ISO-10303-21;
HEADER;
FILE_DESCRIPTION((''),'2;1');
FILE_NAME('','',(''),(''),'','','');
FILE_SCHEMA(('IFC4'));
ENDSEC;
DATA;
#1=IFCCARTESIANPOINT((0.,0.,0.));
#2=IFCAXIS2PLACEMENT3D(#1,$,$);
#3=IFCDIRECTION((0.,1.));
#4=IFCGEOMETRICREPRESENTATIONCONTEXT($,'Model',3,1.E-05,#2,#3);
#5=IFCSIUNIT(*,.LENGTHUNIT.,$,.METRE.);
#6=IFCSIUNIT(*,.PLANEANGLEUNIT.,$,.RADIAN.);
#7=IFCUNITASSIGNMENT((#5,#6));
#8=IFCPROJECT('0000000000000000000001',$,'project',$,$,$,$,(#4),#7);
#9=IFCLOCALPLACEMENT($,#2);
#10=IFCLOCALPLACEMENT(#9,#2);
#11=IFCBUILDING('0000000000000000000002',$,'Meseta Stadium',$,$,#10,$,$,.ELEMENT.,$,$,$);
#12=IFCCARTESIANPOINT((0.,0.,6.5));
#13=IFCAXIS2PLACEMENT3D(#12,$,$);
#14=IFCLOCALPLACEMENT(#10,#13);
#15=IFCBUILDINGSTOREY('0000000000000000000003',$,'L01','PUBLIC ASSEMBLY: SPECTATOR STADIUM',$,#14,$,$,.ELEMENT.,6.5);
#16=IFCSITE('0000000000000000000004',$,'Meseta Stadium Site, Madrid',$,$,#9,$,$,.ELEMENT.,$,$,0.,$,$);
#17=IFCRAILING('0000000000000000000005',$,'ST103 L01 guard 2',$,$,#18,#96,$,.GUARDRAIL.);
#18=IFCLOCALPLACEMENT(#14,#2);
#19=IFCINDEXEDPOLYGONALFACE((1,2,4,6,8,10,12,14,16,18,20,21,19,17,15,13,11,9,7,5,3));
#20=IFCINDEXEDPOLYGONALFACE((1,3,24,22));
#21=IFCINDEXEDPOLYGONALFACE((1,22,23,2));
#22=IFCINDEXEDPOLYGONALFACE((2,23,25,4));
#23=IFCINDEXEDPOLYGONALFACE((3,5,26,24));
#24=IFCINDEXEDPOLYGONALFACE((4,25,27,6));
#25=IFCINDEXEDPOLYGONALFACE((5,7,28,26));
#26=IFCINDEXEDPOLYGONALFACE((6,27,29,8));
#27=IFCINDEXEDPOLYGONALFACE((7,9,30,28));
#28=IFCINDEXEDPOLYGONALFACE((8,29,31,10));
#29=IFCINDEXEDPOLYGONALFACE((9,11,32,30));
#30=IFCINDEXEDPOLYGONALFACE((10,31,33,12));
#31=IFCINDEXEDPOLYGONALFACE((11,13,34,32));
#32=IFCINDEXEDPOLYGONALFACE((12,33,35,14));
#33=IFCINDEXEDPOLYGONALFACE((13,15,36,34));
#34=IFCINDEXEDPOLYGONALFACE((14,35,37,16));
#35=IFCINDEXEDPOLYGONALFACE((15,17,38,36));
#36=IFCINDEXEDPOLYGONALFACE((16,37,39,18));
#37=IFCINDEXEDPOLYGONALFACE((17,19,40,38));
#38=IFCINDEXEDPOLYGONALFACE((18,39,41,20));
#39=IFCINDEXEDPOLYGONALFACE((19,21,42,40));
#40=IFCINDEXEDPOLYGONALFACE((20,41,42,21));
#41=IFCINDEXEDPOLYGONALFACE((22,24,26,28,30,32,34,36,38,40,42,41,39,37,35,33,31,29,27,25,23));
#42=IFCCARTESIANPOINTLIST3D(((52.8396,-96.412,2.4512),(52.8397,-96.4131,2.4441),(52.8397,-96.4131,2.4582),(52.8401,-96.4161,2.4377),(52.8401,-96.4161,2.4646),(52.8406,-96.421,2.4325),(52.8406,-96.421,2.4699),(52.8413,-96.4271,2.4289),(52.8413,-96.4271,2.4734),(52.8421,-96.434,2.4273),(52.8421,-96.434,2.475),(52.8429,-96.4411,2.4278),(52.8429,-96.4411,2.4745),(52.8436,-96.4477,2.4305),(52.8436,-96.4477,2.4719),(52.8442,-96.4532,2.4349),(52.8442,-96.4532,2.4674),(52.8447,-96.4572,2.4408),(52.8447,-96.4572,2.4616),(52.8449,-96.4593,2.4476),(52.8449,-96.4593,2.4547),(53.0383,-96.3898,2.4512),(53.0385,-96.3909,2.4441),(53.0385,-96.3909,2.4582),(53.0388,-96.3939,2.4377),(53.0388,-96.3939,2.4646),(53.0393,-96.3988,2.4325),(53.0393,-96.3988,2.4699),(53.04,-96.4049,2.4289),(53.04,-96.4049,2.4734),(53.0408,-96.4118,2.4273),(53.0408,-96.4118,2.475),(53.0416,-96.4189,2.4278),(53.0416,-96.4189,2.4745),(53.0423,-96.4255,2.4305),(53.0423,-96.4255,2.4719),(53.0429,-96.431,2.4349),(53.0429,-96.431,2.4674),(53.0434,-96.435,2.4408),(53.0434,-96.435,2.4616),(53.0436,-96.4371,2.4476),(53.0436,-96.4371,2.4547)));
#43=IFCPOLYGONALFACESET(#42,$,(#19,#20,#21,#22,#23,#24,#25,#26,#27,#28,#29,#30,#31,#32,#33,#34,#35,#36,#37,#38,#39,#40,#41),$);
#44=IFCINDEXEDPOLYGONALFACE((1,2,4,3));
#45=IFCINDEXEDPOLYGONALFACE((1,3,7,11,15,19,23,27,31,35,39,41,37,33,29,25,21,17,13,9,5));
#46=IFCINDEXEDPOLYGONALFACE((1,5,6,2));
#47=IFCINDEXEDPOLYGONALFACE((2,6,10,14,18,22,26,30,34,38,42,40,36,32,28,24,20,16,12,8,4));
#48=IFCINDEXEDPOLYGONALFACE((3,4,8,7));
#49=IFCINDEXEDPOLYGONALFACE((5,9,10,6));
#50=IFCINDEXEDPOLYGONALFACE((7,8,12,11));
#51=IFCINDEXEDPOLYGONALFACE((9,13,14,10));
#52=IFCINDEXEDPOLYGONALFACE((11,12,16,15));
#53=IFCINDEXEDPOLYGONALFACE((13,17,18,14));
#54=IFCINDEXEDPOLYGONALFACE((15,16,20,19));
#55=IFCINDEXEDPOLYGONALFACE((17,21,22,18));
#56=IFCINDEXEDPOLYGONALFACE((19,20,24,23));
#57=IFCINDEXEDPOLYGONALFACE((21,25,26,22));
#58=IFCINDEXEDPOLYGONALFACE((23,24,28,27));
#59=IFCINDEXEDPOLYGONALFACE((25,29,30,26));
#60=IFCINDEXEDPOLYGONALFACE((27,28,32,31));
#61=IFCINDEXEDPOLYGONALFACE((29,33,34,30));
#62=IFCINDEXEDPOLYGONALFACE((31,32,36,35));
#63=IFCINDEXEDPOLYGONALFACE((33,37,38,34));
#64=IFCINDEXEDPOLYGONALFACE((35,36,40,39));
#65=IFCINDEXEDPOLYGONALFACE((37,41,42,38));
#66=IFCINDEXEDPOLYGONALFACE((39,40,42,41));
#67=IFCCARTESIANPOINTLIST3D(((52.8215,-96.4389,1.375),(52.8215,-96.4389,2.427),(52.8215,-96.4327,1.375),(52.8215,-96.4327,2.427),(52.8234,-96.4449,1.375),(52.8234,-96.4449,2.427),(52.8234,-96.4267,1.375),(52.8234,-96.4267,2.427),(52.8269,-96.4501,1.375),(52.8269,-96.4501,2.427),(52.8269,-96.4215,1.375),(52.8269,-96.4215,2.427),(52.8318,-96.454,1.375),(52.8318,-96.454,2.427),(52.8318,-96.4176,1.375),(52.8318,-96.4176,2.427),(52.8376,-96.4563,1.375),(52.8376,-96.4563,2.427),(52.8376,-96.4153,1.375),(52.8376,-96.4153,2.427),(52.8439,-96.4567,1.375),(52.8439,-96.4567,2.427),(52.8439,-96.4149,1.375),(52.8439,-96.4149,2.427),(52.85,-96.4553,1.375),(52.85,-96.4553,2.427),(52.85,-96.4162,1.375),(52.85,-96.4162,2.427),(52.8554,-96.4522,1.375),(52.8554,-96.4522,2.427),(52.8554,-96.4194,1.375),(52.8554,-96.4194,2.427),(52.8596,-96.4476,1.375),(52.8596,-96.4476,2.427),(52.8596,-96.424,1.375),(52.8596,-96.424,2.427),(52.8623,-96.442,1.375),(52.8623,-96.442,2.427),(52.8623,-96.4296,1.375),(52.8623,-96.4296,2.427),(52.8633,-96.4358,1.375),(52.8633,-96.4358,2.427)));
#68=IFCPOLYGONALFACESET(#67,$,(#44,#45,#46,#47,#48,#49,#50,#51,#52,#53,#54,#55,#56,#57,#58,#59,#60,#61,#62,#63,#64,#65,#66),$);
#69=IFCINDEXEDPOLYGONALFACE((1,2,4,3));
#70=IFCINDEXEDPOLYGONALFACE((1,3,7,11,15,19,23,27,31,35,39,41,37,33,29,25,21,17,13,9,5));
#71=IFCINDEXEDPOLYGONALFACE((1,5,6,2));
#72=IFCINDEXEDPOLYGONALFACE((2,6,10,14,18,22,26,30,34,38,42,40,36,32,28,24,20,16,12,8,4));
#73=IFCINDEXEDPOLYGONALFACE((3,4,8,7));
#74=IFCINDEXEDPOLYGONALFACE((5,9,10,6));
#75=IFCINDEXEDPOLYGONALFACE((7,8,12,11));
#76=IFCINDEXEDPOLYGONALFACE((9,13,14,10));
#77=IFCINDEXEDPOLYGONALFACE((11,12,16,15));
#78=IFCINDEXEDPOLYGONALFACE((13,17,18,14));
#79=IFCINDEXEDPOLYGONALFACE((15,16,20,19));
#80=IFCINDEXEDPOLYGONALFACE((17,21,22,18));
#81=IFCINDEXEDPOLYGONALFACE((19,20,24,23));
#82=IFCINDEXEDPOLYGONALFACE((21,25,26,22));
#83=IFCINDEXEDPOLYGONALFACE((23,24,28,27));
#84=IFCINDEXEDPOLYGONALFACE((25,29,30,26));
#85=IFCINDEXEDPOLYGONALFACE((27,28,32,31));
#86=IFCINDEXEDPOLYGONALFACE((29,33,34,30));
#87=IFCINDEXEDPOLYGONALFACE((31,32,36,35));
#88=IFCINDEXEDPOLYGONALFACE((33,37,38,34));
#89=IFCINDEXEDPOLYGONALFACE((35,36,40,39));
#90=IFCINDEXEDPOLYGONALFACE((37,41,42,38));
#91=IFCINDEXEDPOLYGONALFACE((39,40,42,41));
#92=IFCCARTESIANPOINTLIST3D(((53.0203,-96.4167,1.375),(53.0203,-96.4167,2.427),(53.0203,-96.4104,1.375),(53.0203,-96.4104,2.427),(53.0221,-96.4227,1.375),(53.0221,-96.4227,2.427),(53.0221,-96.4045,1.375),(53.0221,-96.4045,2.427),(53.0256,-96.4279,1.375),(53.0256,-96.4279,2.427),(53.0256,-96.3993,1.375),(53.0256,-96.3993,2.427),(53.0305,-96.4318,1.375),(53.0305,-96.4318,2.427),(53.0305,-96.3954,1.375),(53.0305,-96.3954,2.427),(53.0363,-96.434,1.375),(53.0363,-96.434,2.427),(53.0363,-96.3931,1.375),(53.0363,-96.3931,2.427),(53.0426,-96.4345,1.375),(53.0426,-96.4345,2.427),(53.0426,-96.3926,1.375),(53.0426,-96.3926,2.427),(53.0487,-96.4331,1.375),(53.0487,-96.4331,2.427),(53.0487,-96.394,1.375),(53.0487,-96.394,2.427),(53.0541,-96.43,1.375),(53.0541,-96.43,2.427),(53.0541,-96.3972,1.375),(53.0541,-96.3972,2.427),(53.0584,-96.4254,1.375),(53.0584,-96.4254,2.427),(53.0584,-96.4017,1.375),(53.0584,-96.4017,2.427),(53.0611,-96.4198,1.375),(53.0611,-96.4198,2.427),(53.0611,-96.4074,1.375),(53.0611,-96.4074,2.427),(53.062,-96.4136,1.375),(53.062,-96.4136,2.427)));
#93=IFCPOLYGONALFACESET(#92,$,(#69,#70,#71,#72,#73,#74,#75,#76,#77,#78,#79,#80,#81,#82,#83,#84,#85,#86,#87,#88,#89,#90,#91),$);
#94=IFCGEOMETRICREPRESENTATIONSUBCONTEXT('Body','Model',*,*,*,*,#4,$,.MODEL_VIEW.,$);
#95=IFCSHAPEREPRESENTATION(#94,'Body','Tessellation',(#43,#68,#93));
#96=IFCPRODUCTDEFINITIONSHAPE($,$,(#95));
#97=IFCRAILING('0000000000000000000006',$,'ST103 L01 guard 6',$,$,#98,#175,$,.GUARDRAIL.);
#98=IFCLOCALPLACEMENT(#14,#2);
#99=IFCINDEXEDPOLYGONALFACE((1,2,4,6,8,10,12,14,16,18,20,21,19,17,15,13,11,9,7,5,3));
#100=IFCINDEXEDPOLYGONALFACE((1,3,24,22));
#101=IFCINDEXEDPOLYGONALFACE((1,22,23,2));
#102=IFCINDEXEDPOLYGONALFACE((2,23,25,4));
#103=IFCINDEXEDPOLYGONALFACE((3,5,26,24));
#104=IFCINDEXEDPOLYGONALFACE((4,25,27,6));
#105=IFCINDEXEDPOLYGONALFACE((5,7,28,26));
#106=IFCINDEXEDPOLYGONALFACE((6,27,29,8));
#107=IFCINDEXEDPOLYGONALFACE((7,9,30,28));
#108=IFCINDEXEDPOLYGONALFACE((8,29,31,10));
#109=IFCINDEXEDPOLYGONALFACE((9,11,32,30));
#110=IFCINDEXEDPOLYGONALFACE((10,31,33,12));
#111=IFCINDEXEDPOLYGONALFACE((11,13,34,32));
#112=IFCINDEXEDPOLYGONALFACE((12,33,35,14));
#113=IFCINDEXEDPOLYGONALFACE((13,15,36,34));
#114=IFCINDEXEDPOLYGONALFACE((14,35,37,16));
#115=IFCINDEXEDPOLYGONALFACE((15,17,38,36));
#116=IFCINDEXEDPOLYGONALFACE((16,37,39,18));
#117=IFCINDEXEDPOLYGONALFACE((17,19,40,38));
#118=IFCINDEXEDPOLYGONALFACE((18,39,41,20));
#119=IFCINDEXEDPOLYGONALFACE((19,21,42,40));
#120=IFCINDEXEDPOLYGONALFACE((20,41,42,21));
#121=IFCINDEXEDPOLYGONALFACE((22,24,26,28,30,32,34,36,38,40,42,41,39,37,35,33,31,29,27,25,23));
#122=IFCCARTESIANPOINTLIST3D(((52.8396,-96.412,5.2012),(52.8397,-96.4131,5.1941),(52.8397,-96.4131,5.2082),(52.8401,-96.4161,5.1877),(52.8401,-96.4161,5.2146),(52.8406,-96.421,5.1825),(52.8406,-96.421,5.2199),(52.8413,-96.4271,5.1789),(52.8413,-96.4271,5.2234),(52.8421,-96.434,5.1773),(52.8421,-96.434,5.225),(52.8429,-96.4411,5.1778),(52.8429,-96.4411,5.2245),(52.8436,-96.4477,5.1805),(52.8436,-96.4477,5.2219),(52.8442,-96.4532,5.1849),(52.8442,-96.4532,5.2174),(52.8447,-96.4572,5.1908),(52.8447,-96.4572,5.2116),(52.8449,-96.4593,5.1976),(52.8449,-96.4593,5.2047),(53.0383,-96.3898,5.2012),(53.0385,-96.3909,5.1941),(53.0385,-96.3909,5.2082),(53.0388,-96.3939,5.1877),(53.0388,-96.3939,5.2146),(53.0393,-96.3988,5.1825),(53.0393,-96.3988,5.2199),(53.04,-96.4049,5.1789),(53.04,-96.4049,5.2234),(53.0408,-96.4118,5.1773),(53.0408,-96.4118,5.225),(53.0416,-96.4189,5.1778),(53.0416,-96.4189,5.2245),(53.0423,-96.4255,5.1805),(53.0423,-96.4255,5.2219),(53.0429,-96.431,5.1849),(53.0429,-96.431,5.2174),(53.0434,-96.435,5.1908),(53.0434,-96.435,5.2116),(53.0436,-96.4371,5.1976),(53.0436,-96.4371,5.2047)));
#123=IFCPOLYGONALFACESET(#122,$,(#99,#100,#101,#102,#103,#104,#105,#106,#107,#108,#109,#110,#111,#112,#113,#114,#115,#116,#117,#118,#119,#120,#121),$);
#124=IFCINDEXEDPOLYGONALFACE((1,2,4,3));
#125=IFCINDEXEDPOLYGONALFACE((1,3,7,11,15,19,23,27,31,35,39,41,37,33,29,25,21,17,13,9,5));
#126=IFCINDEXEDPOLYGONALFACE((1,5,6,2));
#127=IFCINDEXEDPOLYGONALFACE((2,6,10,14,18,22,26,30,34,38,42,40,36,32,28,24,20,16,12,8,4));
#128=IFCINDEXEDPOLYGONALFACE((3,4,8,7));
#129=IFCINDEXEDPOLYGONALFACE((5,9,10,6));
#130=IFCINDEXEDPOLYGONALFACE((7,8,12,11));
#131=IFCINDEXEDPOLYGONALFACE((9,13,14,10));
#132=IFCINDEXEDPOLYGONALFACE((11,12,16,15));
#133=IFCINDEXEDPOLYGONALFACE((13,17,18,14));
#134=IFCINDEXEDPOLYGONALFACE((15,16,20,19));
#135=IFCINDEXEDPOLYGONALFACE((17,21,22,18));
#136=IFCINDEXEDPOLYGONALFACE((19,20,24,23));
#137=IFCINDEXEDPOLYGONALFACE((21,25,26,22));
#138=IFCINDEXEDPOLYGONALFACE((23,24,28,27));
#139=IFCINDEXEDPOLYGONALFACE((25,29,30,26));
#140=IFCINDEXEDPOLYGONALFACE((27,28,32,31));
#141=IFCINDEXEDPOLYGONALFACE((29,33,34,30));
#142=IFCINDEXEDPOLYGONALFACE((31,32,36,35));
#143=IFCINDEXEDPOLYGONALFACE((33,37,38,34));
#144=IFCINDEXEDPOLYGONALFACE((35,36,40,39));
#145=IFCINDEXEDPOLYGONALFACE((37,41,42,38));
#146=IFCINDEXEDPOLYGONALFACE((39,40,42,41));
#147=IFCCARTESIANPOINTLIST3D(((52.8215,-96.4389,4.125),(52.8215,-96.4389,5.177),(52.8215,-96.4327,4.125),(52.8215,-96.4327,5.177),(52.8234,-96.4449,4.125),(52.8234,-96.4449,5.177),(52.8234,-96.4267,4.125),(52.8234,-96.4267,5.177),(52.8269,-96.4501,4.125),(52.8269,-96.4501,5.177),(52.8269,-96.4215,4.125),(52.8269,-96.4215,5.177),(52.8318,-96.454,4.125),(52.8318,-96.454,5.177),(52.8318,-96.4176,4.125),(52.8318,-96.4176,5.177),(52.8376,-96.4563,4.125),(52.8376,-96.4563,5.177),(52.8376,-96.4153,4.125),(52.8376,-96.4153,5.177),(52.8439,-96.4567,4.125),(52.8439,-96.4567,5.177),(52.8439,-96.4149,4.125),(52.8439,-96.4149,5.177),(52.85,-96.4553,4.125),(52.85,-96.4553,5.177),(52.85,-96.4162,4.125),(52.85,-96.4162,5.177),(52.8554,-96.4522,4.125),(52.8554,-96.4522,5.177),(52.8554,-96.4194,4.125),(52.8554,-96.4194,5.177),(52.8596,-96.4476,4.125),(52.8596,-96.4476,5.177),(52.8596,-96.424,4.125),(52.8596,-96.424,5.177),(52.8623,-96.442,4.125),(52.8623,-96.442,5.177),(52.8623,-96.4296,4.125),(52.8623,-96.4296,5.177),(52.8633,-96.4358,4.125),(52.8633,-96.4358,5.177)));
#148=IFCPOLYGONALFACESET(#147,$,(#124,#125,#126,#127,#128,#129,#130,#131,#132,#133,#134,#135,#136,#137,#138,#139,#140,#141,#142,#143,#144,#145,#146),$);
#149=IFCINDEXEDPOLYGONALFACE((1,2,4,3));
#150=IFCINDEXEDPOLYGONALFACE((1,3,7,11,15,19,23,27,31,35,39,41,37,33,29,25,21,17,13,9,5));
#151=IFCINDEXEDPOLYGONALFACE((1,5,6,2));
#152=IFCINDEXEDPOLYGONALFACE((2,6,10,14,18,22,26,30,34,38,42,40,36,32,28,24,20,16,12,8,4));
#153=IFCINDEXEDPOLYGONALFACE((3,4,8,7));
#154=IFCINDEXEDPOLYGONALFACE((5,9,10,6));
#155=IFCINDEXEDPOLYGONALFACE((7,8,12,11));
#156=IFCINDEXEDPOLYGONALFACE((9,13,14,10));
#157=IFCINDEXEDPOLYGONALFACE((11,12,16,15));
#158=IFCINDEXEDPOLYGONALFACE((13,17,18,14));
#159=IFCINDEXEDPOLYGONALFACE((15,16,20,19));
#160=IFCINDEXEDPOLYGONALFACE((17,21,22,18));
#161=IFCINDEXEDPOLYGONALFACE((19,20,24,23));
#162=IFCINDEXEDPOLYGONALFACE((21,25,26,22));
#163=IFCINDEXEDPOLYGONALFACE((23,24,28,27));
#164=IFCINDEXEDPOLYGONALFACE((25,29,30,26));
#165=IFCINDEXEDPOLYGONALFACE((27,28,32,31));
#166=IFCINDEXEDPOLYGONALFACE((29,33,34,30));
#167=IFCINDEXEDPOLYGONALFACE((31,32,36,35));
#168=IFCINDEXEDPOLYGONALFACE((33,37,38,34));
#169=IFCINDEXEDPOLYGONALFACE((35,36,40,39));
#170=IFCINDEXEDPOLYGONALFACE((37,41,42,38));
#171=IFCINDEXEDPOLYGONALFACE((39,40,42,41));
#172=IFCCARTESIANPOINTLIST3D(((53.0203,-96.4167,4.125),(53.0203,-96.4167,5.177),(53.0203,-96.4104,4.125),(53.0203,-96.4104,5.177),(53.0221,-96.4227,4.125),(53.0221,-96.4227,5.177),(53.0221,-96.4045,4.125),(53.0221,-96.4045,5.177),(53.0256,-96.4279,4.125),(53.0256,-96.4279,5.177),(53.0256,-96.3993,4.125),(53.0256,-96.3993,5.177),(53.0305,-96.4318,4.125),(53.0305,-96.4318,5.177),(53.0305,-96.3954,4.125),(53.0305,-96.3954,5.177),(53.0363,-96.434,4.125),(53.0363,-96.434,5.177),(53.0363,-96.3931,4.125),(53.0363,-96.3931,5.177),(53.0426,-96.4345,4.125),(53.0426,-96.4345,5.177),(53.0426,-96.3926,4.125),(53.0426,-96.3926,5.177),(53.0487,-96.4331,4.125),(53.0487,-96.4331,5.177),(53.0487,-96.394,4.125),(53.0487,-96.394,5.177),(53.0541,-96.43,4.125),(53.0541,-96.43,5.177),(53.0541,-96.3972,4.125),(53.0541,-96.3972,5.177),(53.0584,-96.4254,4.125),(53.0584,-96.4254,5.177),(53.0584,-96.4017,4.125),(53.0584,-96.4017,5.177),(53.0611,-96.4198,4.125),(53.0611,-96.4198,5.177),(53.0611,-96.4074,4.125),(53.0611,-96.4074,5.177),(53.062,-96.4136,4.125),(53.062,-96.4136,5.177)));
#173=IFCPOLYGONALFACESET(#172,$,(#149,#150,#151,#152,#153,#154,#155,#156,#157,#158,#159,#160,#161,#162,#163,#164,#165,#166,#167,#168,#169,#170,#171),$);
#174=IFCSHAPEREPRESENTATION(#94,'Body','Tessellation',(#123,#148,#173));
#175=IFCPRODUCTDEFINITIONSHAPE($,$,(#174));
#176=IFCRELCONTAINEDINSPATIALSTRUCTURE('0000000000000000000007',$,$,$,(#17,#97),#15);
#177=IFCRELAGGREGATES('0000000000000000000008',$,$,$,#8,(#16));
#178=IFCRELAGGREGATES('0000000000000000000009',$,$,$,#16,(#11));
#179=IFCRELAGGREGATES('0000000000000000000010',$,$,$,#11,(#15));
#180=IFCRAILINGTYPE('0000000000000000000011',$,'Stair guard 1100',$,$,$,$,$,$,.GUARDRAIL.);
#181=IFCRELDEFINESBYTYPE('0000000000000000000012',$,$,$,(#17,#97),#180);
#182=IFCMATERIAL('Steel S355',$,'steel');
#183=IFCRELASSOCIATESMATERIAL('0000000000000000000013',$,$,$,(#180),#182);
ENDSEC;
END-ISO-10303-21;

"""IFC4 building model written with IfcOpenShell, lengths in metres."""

from ifc_helpers import new_model, si_unit, direction, frame, origin, origin_2d, place, context, subcontext, project, spatial, circle, extrude, material, type_object, element, save


model = new_model("IFC4")

# Units and contexts
model_context = context("Model", 3, precision=1e-05, world=origin(), true_north=direction((0.0, 1.0)))
body_context = subcontext(model_context, "Body", "Model", "MODEL_VIEW")
ifc_project = project(units=[si_unit("LENGTHUNIT", "METRE"), si_unit("PLANEANGLEUNIT", "RADIAN")], contexts=[model_context])

# Site, building, storey
site_placement = place(None, origin())
site = spatial("IfcSite", under=ifc_project, at=site_placement, Name="Meseta Stadium Site, Madrid", CompositionType="ELEMENT", RefElevation=0.0)
building_placement = place(site_placement, origin())
building = spatial("IfcBuilding", under=site, at=building_placement, Name="Meseta Stadium", CompositionType="ELEMENT")
storey_placement = place(building_placement, frame((0.0, 0.0, 6.5)))
storey = spatial("IfcBuildingStorey", under=building, at=storey_placement, Name="L01", Description="PUBLIC ASSEMBLY: SPECTATOR STADIUM", CompositionType="ELEMENT", Elevation=6.5)

# Railings
ifc_material_1 = material(Name="Steel S355", Category="steel")
railing_type_1 = type_object("IfcRailingType", Name="Stair guard 1100", PredefinedType="GUARDRAIL", material=ifc_material_1)
for number, where, name in (
    (1, (52.8423, -96.4358, 1.375), "ST103 L01 guard 2"),
    (2, (52.8423, -96.4358, 4.125), "ST103 L01 guard 6"),
):
    element("IfcRailing", number, at=place(storey_placement, frame(where)), inside=storey, type_object=railing_type_1, Name=name, PredefinedType="GUARDRAIL", context=body_context, shape_type="SweptSolid", body=[
        extrude(circle(Radius=0.0239, at=origin_2d()), frame((0.0, 0.0, 1.0762), z_axis=(0.993809, 0.111102, 0.0), x_axis=(-0.111102, 0.993809, 0.0)), (0.0, 0.0, 1.0), 0.2),
        extrude(circle(Radius=0.021, at=origin_2d()), origin(), (0.0, 0.0, 1.0), 1.052),
        extrude(circle(Radius=0.021, at=origin_2d()), frame((0.1987, 0.0222, 0.0)), (0.0, 0.0, 1.0), 1.052),
    ])

save(model, "model.ifc")
